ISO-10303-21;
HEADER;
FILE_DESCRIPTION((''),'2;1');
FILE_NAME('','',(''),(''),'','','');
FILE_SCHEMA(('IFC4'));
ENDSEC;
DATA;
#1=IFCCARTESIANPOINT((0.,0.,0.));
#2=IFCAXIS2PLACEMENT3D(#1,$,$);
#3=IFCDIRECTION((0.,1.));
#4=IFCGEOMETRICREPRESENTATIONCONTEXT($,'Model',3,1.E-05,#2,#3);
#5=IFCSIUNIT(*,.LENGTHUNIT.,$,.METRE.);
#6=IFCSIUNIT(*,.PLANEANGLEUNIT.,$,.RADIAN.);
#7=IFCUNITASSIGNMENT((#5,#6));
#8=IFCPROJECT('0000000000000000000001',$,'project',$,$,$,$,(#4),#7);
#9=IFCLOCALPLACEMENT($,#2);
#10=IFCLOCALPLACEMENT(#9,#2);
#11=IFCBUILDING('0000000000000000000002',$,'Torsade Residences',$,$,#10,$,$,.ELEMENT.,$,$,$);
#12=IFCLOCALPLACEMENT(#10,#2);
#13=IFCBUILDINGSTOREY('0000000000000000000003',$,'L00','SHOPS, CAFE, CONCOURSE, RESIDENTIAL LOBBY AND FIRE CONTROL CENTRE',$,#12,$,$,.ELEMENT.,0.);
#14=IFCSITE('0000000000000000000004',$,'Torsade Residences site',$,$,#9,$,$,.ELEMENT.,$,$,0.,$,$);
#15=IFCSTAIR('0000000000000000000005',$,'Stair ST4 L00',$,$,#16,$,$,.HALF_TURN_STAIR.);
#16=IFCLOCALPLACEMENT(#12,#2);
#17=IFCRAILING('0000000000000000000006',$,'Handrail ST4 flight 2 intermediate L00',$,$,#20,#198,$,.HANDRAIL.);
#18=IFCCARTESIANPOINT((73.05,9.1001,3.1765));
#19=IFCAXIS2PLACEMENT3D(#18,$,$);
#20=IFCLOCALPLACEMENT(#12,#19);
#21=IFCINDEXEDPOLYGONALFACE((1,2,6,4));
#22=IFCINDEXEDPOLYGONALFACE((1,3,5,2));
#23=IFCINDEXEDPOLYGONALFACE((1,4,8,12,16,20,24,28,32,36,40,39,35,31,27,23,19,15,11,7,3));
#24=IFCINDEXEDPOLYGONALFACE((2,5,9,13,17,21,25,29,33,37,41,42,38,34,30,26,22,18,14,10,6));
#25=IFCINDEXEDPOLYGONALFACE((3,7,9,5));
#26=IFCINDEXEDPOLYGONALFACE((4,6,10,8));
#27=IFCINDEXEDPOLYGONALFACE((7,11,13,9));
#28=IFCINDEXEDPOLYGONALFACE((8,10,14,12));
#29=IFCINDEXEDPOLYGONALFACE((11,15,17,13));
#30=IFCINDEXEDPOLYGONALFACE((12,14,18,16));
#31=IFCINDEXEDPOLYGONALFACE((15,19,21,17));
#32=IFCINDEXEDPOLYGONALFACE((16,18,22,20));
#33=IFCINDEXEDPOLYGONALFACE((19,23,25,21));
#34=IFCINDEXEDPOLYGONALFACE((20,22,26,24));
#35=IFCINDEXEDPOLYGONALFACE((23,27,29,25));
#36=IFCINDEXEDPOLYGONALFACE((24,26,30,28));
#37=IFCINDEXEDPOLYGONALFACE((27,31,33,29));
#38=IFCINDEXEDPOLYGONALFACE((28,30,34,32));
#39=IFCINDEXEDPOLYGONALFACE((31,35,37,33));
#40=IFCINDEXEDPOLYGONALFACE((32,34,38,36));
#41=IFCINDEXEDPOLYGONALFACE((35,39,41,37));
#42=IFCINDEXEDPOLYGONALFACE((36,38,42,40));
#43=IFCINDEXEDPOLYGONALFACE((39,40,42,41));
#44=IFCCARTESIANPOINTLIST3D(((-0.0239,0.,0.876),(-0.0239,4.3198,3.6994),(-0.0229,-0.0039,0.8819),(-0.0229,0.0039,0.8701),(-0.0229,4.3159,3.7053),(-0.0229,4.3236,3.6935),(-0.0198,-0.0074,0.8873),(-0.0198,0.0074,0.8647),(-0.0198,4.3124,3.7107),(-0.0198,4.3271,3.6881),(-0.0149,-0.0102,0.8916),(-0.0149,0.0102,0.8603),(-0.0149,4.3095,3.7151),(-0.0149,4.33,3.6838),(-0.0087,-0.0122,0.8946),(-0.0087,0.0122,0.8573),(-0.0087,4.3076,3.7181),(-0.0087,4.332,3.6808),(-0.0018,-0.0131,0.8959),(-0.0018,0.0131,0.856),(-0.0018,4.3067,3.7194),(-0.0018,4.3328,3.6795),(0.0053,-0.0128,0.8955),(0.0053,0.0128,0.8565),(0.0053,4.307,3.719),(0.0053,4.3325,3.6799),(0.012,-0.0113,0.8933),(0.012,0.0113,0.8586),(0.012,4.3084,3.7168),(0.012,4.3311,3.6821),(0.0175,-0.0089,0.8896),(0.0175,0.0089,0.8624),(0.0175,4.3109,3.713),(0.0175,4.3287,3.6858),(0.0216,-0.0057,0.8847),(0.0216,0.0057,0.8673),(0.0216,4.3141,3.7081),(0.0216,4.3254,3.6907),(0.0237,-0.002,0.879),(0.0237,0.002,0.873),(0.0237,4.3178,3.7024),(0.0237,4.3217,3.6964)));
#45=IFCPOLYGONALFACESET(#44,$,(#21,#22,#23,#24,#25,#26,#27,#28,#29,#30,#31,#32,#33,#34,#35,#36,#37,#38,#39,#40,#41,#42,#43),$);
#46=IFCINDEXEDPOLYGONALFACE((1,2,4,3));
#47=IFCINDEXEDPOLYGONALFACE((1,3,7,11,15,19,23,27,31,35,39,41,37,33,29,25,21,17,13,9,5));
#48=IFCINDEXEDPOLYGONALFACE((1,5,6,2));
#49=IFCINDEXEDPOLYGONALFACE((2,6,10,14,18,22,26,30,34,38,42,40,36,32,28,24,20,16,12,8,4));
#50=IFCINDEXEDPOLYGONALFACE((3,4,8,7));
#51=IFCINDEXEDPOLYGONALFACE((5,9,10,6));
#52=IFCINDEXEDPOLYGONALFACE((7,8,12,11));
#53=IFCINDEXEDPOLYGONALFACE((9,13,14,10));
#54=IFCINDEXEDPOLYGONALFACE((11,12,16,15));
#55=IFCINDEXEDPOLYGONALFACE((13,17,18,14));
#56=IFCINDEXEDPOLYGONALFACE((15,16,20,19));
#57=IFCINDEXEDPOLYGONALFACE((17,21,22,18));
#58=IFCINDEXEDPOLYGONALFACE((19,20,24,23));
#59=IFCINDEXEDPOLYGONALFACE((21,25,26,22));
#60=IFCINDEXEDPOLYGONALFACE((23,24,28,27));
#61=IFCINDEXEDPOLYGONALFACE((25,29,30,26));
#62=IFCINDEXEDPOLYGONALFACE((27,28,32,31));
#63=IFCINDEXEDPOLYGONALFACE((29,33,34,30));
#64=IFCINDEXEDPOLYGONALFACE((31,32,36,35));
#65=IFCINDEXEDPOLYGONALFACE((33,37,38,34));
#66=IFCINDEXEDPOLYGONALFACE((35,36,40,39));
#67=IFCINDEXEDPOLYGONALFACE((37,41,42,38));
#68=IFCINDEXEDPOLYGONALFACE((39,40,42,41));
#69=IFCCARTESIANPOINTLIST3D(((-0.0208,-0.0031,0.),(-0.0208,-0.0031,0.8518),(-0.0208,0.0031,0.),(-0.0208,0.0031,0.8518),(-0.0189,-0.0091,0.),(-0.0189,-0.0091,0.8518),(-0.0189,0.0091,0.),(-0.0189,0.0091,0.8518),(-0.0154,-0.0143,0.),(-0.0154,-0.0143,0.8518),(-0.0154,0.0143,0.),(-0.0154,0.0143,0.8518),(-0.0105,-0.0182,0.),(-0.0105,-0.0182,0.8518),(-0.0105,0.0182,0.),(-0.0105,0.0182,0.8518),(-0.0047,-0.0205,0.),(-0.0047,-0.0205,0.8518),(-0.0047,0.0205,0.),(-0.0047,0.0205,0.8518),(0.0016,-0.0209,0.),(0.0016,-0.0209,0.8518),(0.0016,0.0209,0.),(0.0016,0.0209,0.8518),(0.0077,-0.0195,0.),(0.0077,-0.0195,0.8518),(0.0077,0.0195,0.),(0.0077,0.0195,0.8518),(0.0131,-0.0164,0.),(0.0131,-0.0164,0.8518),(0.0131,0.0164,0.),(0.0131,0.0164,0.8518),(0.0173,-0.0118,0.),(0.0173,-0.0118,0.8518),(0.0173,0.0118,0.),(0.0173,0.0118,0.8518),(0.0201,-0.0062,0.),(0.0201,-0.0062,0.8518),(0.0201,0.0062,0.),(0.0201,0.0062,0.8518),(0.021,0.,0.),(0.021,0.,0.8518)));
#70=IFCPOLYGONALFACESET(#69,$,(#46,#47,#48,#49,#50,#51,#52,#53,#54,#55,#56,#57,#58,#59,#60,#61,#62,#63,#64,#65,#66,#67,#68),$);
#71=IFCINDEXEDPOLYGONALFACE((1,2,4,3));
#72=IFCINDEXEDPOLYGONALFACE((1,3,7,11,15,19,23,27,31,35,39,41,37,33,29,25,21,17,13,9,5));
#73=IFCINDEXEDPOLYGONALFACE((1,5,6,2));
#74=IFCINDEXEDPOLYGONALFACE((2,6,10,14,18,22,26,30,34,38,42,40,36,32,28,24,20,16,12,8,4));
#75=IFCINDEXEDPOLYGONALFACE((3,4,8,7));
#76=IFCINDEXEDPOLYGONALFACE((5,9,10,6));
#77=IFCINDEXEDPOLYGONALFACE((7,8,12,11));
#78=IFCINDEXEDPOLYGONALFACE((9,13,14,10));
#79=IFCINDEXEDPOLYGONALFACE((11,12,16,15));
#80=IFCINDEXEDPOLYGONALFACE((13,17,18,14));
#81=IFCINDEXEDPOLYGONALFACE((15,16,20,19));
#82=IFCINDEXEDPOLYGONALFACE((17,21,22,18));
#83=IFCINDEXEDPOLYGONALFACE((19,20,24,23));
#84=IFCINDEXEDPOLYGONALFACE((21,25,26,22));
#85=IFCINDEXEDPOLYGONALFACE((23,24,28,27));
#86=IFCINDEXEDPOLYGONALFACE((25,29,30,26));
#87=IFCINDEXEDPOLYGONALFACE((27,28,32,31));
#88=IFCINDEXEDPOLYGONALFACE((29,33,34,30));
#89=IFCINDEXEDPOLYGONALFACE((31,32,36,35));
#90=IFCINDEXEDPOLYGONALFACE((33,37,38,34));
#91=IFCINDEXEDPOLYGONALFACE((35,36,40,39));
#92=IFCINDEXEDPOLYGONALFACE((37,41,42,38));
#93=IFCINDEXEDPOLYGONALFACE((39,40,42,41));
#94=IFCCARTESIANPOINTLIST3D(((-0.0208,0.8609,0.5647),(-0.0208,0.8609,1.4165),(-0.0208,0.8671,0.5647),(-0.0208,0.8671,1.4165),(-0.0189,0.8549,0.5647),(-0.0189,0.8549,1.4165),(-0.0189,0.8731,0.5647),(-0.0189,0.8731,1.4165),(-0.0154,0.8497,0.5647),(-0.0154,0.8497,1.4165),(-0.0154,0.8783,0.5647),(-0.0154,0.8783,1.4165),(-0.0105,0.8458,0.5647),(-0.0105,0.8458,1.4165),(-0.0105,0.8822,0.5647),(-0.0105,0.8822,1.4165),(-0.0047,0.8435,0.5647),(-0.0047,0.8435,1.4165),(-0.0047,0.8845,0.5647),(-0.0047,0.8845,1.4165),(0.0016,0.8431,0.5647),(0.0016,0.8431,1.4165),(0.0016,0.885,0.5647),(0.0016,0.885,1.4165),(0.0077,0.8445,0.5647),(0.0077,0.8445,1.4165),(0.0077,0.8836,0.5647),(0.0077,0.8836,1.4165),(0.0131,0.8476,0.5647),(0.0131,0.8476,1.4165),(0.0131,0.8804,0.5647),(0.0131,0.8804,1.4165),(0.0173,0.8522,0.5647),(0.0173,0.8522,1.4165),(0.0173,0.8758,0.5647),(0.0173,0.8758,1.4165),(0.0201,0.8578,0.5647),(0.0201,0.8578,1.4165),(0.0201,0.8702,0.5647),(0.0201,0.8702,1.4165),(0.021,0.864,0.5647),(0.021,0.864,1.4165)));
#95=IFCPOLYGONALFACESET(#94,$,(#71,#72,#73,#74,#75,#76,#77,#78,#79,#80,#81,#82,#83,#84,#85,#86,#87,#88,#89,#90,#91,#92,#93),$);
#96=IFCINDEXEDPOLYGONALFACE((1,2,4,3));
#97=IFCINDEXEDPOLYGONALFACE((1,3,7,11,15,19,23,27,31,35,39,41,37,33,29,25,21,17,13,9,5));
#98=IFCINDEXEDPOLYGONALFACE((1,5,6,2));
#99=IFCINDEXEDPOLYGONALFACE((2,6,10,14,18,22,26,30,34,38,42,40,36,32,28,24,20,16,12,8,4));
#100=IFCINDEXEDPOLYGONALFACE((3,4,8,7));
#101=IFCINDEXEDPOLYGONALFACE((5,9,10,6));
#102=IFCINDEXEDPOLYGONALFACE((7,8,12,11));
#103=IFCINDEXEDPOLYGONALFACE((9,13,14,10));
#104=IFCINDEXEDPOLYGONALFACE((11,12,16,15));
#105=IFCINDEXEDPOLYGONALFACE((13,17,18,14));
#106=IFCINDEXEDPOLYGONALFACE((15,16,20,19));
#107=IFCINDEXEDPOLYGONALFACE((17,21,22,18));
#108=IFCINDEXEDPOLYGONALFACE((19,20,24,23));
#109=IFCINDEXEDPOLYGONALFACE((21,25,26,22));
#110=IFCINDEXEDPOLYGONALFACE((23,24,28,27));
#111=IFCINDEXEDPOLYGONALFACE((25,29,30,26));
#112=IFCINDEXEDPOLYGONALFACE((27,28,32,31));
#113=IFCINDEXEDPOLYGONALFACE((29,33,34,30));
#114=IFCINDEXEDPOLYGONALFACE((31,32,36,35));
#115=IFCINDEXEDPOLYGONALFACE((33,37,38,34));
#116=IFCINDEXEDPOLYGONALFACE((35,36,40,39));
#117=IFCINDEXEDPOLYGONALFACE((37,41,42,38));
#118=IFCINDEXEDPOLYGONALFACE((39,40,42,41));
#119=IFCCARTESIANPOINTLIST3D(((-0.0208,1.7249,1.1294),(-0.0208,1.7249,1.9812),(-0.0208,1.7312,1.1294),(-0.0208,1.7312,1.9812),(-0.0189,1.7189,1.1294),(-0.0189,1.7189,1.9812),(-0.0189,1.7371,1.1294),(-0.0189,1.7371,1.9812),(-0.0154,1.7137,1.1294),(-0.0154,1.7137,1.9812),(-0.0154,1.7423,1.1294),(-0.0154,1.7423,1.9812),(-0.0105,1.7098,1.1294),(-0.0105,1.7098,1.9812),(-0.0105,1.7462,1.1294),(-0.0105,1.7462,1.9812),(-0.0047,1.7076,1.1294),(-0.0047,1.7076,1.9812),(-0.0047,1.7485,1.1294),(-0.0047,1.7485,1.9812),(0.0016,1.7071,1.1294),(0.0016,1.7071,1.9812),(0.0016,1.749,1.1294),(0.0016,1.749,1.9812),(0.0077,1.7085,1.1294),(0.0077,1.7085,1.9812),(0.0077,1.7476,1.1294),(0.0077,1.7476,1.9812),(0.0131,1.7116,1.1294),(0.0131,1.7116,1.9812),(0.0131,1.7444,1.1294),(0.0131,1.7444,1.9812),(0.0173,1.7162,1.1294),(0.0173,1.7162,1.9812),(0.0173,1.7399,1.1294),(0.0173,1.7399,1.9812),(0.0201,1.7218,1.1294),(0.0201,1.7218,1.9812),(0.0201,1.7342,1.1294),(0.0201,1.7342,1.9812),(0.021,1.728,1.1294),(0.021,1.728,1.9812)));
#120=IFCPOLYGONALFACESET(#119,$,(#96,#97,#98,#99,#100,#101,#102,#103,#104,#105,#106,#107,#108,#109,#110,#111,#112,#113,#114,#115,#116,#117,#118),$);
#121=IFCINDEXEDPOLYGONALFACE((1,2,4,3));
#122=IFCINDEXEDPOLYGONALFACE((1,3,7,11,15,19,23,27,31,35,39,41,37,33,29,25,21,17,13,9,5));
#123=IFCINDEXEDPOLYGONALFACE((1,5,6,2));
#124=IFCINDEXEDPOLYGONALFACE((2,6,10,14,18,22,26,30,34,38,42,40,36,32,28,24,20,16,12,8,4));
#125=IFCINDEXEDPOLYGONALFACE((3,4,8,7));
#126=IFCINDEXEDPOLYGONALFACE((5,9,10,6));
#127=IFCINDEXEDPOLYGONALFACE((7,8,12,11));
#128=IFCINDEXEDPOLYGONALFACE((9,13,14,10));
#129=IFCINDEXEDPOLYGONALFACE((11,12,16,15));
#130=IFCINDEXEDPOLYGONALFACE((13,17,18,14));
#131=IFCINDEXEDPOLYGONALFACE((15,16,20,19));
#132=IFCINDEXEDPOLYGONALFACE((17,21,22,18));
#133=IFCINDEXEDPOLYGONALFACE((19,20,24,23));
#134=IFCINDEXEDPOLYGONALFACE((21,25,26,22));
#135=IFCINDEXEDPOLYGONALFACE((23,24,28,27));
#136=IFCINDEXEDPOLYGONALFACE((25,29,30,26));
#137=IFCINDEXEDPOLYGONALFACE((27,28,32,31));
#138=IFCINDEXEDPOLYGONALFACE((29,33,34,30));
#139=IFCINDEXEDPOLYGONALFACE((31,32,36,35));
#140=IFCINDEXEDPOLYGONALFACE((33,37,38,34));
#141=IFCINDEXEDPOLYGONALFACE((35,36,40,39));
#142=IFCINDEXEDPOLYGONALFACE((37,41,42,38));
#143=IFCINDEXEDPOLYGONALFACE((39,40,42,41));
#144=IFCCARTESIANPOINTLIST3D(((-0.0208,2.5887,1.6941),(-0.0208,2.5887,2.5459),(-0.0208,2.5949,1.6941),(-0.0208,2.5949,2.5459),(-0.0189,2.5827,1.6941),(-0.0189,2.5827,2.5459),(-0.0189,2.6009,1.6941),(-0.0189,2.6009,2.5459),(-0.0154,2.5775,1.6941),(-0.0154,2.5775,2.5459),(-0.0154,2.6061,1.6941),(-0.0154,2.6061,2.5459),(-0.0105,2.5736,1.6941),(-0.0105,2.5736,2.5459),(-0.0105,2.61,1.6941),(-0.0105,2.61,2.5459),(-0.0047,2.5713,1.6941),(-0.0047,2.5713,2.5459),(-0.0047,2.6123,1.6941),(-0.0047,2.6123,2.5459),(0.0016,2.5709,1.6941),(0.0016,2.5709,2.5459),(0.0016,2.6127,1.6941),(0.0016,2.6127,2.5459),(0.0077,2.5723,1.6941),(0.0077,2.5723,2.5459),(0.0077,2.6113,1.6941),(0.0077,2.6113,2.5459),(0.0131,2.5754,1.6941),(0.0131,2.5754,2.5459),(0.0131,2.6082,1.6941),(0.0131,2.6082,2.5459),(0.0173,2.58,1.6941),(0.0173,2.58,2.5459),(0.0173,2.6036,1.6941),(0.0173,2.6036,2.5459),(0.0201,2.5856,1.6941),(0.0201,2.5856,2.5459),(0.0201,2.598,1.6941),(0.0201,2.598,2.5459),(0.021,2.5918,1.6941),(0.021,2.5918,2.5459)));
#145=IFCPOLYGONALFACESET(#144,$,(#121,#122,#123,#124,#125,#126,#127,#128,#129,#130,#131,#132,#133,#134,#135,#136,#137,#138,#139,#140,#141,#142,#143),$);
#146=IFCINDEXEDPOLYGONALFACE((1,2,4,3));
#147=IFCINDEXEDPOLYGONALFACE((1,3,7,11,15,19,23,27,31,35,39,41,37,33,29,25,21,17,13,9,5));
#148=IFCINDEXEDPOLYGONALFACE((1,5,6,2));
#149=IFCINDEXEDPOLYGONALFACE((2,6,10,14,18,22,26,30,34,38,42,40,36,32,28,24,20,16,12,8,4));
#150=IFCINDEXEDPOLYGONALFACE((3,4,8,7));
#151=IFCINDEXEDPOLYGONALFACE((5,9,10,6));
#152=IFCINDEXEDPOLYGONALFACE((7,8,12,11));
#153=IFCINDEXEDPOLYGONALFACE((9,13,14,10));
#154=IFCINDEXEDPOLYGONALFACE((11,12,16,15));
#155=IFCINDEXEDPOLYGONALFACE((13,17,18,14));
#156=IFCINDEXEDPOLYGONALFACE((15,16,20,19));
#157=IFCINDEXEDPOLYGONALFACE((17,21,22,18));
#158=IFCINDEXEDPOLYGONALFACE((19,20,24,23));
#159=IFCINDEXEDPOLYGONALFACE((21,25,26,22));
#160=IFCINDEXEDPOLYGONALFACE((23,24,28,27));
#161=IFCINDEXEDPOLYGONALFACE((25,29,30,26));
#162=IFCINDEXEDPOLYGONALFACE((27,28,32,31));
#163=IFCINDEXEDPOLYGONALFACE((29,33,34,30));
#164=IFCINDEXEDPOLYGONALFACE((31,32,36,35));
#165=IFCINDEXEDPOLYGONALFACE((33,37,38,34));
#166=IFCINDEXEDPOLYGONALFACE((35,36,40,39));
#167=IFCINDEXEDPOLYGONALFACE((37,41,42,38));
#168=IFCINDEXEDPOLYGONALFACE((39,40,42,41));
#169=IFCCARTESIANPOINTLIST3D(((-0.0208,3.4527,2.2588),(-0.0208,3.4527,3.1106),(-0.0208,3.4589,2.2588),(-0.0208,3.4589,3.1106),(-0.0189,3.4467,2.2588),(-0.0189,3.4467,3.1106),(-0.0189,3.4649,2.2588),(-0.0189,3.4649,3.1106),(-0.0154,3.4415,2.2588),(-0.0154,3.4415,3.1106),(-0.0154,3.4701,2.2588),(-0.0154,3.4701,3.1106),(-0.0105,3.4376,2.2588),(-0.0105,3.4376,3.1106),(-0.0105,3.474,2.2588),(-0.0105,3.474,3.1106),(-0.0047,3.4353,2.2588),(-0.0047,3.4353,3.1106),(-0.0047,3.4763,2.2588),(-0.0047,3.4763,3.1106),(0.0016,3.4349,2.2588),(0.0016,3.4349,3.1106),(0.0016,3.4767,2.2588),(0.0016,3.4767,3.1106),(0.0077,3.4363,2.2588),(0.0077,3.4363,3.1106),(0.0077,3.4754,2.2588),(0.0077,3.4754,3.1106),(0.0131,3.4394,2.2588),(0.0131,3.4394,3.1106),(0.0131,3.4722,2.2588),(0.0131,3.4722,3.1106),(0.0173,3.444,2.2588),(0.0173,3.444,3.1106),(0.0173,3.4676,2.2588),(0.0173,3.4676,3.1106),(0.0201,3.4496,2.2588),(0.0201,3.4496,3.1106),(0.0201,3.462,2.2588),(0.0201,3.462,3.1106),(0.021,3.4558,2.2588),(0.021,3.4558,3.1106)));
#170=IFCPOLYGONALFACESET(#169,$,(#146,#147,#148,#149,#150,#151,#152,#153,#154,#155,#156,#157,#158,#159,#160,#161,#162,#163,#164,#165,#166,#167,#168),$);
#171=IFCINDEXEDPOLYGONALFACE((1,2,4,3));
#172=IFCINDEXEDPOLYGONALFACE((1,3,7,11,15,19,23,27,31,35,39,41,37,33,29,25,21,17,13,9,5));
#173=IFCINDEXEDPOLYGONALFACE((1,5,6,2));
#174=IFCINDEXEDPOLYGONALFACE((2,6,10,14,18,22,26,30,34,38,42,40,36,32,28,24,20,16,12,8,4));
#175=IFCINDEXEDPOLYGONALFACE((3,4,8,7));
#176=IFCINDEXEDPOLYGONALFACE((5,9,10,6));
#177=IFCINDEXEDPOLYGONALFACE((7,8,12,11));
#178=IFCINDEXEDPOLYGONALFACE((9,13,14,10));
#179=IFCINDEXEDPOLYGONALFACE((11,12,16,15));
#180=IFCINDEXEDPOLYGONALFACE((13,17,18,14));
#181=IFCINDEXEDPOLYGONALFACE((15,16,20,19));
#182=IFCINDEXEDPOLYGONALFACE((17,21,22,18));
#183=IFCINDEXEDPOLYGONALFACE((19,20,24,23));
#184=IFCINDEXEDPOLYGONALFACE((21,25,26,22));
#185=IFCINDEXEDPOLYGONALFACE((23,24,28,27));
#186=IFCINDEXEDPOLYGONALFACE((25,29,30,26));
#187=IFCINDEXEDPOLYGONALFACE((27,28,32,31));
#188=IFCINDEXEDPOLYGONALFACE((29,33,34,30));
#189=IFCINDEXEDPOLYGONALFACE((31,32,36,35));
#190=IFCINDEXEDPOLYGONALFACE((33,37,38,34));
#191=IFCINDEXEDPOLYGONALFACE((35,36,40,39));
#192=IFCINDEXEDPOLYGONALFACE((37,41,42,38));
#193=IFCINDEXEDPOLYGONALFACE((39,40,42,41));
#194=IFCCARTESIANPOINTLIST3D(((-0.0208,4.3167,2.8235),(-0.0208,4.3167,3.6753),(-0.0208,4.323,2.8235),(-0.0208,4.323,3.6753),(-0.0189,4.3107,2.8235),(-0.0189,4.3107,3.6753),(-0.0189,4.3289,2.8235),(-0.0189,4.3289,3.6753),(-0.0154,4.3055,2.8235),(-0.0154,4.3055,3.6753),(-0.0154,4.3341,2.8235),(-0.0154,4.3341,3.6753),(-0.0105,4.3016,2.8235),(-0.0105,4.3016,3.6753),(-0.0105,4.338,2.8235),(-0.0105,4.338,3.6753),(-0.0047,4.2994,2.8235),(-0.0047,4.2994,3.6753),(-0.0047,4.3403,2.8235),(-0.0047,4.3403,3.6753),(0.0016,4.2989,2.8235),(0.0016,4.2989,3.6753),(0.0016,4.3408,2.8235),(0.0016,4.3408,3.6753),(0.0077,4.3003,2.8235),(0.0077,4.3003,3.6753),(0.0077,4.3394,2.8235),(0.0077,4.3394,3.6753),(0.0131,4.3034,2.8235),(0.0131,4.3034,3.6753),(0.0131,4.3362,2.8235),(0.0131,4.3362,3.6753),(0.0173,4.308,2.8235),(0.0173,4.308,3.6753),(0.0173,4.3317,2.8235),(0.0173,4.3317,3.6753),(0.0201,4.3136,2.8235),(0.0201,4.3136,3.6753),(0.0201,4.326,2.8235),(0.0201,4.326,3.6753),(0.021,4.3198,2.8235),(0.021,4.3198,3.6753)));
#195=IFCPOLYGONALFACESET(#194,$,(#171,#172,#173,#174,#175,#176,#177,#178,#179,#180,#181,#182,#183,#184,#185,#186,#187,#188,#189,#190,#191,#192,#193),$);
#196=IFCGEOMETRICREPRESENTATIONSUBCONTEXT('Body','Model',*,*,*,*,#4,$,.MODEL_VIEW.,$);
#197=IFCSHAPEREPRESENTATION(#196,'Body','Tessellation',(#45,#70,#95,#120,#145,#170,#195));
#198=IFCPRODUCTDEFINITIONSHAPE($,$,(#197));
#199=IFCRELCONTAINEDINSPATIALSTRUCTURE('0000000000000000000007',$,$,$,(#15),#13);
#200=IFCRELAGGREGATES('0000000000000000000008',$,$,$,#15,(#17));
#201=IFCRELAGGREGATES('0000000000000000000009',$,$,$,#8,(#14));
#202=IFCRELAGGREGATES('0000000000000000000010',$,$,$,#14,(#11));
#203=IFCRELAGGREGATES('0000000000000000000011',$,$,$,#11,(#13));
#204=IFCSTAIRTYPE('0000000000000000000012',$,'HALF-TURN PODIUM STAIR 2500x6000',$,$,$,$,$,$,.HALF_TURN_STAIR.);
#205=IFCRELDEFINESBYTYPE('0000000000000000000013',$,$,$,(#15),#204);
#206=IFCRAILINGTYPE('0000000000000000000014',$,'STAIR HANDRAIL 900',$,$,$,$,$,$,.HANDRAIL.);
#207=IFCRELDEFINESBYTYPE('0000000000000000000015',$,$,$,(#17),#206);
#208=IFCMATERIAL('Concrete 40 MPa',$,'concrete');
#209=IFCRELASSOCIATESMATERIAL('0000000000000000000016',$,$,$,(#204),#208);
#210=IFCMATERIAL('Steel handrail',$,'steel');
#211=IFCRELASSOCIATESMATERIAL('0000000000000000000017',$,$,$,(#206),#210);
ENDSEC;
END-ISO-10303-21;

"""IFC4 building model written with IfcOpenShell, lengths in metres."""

from ifc_helpers import new_model, si_unit, direction, frame, origin, origin_2d, place, context, subcontext, project, spatial, circle, extrude, material, type_object, element, aggregate, save


model = new_model("IFC4")

# Units and contexts
model_context = context("Model", 3, precision=1e-05, world=origin(), true_north=direction((0.0, 1.0)))
body_context = subcontext(model_context, "Body", "Model", "MODEL_VIEW")
ifc_project = project(units=[si_unit("LENGTHUNIT", "METRE"), si_unit("PLANEANGLEUNIT", "RADIAN")], contexts=[model_context])

# Site, building, storey
site_placement = place(None, origin())
site = spatial("IfcSite", under=ifc_project, at=site_placement, Name="Torsade Residences site", CompositionType="ELEMENT", RefElevation=0.0)
building_placement = place(site_placement, origin())
building = spatial("IfcBuilding", under=site, at=building_placement, Name="Torsade Residences", CompositionType="ELEMENT")
storey_placement = place(building_placement, origin())
storey = spatial("IfcBuildingStorey", under=building, at=storey_placement, Name="L00", Description="SHOPS, CAFE, CONCOURSE, RESIDENTIAL LOBBY AND FIRE CONTROL CENTRE", CompositionType="ELEMENT", Elevation=0.0)

# Stair, railing
ifc_material_1 = material(Name="Concrete 40 MPa", Category="concrete")
stair_type = type_object("IfcStairType", Name="HALF-TURN PODIUM STAIR 2500x6000", PredefinedType="HALF_TURN_STAIR", material=ifc_material_1)
stair_placement = place(storey_placement, origin())
stair = element("IfcStair", 1, at=stair_placement, inside=storey, type_object=stair_type, Name="Stair ST4 L00", PredefinedType="HALF_TURN_STAIR")
ifc_material_2 = material(Name="Steel handrail", Category="steel")
railing_type = type_object("IfcRailingType", Name="STAIR HANDRAIL 900", PredefinedType="HANDRAIL", material=ifc_material_2)
railing_1_placement = place(storey_placement, frame((73.05, 9.1001, 3.1765)))
railing_1 = element("IfcRailing", 2, at=railing_1_placement, type_object=railing_type, Name="Handrail ST4 flight 2 intermediate L00", PredefinedType="HANDRAIL", context=body_context, shape_type="SweptSolid", body=[
    extrude(circle(Radius=0.0239, at=origin_2d()), frame((0.0, 0.0, 0.876), z_axis=(0.0, 0.83706, 0.547112), x_axis=(-1.0, 0.0, 0.0)), (0.0, 0.0, 1.0), 5.1606),
    extrude(circle(Radius=0.021, at=origin_2d()), origin(), (0.0, 0.0, 1.0), 0.8518),
    extrude(circle(Radius=0.021, at=origin_2d()), frame((0.0, 0.864, 0.5647)), (0.0, 0.0, 1.0), 0.8518),
    extrude(circle(Radius=0.021, at=origin_2d()), frame((0.0, 1.728, 1.1294)), (0.0, 0.0, 1.0), 0.8518),
    extrude(circle(Radius=0.021, at=origin_2d()), frame((0.0, 2.5918, 1.6941)), (0.0, 0.0, 1.0), 0.8518),
    extrude(circle(Radius=0.021, at=origin_2d()), frame((0.0, 3.4558, 2.2588)), (0.0, 0.0, 1.0), 0.8518),
    extrude(circle(Radius=0.021, at=origin_2d()), frame((0.0, 4.3198, 2.8235)), (0.0, 0.0, 1.0), 0.8518),
])
aggregate(stair, [railing_1])

save(model, "model.ifc")
